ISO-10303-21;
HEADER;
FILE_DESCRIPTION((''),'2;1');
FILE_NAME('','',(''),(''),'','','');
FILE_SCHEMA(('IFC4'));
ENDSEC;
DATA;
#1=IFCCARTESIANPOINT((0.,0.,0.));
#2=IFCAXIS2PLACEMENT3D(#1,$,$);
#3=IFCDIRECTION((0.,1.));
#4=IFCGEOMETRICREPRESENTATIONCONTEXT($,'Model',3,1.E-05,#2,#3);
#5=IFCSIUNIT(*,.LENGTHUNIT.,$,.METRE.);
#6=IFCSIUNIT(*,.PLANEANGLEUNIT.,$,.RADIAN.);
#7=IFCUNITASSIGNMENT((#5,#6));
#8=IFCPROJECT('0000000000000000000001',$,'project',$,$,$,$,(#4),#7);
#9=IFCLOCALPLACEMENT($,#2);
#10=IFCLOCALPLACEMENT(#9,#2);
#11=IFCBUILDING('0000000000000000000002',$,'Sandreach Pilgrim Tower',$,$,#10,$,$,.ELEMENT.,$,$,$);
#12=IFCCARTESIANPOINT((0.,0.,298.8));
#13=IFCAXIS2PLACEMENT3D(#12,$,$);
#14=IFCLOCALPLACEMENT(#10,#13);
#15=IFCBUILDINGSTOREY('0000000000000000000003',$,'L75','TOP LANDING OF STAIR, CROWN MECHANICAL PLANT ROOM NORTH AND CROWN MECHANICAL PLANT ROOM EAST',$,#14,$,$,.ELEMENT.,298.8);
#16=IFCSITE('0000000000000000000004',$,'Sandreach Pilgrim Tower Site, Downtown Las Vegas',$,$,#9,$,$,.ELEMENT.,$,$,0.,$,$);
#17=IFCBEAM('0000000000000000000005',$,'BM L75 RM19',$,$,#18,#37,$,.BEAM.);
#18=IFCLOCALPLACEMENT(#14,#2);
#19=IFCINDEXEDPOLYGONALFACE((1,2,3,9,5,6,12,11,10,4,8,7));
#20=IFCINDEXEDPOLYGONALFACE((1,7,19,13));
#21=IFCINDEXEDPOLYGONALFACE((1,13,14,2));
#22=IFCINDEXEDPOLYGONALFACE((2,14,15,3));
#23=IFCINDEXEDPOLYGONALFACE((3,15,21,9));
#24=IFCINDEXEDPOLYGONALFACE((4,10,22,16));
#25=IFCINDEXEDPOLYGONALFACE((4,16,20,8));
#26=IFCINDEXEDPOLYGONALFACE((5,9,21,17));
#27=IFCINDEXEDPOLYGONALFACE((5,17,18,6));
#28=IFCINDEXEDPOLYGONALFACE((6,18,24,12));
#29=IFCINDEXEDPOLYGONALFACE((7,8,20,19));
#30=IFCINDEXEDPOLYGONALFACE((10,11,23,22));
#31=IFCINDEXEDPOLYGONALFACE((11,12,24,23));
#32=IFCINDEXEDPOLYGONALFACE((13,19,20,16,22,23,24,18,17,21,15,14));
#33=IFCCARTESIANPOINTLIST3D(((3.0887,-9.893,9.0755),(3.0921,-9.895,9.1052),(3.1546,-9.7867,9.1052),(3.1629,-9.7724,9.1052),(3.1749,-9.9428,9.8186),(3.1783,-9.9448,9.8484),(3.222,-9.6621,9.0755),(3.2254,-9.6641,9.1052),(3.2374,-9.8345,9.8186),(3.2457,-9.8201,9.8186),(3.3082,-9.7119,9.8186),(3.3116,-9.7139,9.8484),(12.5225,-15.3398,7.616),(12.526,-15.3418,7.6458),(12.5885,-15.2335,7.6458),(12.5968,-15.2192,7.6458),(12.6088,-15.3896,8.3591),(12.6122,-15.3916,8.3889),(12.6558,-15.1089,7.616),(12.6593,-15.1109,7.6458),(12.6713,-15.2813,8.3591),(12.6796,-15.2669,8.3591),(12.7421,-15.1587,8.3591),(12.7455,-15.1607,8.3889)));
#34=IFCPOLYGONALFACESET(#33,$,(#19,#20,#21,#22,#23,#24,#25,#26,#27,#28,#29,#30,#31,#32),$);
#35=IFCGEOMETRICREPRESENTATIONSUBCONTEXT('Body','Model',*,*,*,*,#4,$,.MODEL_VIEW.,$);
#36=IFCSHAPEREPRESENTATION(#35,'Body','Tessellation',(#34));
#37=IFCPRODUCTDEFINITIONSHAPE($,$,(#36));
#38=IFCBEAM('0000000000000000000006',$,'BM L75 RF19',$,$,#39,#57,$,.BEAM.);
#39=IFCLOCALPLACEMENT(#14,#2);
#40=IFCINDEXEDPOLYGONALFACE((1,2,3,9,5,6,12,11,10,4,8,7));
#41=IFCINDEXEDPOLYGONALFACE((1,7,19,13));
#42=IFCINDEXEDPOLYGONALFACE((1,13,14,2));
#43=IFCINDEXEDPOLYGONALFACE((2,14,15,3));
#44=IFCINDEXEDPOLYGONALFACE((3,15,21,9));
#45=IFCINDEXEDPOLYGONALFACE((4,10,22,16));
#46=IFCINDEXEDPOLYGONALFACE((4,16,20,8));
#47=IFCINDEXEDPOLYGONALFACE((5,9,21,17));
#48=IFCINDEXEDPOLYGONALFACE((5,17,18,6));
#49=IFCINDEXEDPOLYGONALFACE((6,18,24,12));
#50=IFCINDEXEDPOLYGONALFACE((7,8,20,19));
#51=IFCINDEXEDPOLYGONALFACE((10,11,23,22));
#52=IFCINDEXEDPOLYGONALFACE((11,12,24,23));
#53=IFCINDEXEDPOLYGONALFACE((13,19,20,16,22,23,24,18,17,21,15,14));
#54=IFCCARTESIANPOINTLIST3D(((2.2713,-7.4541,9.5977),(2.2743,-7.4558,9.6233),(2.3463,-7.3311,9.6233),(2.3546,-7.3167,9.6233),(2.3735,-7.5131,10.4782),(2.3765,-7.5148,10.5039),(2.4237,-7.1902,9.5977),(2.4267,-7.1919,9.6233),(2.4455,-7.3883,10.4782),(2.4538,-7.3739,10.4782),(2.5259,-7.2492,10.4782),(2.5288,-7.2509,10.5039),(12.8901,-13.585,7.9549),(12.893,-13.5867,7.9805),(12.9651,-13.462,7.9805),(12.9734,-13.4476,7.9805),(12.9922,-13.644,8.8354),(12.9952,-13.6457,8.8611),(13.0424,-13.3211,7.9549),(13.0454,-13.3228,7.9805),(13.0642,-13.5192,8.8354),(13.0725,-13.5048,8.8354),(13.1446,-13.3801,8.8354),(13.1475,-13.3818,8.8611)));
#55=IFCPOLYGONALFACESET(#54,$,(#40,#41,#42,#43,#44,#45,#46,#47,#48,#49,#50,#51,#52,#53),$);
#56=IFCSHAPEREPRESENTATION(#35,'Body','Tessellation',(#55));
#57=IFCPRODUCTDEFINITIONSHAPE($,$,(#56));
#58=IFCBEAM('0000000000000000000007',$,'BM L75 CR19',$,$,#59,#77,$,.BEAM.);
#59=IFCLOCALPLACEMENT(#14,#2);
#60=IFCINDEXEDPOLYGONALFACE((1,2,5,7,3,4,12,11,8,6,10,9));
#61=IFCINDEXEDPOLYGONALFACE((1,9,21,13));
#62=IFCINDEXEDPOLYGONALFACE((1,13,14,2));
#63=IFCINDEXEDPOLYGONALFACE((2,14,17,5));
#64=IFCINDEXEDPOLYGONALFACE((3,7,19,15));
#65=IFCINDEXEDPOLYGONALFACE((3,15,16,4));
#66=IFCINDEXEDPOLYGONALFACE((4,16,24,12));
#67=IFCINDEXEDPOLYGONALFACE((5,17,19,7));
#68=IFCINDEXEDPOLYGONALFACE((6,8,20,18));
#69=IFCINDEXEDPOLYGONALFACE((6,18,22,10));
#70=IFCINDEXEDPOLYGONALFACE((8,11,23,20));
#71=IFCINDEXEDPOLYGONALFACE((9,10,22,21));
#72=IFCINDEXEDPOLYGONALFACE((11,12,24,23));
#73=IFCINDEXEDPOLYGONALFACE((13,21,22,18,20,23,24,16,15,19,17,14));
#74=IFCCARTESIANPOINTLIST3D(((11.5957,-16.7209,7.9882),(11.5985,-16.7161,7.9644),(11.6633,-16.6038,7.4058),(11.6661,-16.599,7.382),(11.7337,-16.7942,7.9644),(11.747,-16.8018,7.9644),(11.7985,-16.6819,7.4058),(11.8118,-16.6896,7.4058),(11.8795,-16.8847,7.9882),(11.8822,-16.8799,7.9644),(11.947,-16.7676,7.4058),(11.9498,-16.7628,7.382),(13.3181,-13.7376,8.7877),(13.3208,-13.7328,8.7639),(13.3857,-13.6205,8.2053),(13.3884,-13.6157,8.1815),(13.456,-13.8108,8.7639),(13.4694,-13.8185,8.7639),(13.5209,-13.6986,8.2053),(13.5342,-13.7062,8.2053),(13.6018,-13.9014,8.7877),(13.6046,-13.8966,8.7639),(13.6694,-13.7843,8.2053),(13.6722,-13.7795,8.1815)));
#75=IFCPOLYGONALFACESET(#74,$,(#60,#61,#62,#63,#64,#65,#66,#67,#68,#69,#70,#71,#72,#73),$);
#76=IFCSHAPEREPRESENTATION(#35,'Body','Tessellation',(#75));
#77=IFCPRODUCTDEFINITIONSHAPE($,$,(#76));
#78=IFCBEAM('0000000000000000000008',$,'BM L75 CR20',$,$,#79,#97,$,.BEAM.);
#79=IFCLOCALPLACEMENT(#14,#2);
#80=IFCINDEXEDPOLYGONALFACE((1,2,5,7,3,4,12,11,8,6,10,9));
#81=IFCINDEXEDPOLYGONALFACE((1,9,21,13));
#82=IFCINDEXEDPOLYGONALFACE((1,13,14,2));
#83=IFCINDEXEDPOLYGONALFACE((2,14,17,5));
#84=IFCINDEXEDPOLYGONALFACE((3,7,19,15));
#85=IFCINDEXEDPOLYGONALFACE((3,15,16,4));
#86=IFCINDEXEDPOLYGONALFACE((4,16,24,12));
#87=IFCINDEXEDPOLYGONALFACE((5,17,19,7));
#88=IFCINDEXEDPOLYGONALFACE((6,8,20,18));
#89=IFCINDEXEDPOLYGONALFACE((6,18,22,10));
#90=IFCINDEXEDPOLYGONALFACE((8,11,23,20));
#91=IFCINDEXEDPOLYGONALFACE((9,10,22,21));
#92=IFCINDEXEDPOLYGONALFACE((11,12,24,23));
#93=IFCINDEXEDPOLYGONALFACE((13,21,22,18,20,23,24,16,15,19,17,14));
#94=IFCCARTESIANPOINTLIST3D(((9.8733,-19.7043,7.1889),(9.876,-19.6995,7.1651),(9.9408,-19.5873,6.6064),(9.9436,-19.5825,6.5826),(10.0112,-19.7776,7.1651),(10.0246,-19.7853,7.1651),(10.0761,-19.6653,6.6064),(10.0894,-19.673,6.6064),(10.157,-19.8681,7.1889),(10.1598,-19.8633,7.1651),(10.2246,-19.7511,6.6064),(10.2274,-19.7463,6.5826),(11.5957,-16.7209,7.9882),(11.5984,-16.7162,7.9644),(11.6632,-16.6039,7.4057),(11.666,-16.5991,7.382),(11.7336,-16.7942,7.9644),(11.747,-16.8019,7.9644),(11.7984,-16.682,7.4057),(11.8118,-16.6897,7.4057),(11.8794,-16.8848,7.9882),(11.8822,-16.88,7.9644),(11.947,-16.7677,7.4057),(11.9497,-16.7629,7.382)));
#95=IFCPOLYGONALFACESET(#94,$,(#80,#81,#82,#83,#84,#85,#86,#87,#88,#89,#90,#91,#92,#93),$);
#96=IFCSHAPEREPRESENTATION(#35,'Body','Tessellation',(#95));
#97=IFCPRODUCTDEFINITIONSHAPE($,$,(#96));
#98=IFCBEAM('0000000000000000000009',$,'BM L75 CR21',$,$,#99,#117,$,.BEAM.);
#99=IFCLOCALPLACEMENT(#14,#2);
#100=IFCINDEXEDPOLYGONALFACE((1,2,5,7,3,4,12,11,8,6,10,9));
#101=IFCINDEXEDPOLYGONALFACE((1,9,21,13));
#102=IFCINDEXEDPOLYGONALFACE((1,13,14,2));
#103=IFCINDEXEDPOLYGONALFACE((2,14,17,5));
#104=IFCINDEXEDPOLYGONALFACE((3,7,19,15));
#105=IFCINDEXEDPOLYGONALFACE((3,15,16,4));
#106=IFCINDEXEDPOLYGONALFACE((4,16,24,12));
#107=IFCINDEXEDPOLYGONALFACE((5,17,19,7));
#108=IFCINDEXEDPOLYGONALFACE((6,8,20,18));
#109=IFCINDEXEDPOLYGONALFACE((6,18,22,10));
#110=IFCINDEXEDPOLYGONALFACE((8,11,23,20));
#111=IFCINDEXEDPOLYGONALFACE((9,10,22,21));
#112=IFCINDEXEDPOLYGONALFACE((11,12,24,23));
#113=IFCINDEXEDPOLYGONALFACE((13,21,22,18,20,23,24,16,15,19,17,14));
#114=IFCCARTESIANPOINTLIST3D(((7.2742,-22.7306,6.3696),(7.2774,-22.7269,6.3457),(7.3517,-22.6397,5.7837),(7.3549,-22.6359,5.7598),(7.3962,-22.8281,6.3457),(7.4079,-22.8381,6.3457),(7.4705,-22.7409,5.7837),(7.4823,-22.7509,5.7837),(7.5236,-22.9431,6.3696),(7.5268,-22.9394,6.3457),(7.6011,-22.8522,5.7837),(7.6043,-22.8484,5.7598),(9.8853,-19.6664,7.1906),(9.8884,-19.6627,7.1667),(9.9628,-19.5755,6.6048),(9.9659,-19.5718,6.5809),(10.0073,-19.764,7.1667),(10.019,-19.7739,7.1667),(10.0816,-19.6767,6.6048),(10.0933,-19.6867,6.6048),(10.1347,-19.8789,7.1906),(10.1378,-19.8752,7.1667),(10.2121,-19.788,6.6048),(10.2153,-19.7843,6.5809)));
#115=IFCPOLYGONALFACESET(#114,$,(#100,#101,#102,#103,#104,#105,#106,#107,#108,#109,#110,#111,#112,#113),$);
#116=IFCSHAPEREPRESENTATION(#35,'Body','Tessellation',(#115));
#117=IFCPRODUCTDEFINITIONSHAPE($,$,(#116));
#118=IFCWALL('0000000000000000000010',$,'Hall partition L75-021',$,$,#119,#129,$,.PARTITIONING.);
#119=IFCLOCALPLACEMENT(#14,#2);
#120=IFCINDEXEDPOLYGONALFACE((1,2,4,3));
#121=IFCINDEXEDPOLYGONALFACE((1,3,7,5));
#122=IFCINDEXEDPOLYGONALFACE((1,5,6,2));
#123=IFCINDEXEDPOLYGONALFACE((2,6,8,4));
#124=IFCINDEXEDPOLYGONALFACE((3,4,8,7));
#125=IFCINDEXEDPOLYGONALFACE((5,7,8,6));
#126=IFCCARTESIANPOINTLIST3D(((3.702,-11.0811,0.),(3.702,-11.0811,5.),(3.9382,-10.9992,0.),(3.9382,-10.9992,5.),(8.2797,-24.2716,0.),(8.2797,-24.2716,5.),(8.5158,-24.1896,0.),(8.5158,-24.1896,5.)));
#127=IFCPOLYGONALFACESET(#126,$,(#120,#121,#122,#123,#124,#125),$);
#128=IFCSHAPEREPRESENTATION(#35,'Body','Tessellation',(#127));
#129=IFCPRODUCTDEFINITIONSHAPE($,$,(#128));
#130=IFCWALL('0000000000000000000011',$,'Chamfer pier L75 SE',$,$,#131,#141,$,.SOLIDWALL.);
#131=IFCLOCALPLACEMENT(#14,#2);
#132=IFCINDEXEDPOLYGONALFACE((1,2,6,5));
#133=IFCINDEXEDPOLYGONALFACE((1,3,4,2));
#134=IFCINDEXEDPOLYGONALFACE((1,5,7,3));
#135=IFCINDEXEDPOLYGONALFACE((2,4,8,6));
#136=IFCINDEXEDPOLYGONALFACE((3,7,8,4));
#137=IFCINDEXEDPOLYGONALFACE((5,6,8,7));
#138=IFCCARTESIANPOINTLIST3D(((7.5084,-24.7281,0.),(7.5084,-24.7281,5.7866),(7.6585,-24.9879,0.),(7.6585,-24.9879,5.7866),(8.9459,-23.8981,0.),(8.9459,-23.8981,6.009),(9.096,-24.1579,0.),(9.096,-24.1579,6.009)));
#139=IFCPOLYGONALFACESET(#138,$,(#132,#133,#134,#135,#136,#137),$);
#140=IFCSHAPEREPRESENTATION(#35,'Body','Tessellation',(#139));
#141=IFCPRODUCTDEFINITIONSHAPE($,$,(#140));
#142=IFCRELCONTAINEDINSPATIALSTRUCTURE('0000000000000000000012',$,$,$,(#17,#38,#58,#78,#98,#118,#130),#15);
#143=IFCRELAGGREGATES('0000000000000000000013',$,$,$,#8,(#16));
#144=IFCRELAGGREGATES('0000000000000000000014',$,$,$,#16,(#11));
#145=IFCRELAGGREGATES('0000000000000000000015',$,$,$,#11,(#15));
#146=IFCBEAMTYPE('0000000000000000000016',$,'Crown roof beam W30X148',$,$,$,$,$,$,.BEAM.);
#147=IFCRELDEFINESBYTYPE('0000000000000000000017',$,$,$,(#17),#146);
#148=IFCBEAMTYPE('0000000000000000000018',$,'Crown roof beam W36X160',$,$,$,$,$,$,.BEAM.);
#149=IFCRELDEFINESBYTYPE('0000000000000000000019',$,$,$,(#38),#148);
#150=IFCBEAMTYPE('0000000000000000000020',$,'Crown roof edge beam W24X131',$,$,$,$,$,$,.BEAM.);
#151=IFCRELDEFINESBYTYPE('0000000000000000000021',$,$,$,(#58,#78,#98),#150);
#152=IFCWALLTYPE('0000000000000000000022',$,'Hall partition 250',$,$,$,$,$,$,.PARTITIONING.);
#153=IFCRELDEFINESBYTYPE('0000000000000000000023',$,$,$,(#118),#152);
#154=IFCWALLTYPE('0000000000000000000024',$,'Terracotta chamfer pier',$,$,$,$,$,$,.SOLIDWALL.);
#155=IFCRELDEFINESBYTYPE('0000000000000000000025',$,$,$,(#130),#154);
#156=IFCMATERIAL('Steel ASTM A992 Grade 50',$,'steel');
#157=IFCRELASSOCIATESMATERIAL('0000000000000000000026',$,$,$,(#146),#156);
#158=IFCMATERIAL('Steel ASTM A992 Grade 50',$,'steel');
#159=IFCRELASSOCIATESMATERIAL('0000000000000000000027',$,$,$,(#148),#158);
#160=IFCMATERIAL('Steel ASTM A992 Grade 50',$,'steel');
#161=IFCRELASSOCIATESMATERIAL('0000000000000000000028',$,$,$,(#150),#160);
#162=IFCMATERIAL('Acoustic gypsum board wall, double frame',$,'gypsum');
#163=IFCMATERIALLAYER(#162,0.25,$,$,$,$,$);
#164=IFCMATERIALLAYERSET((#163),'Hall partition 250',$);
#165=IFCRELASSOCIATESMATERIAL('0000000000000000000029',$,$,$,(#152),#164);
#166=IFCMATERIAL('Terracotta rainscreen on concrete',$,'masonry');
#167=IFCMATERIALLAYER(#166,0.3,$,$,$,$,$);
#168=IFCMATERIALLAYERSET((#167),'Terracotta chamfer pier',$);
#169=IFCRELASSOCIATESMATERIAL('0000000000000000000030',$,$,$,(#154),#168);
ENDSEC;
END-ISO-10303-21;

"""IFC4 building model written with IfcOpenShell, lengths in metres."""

from ifc_helpers import new_model, si_unit, direction, frame, frame_2d, origin, origin_2d, place, context, subcontext, project, spatial, polyline, rectangle, i_section, outline, extrude, material, layer, layer_set, material_profile, profile_set, type_object, element, save


model = new_model("IFC4")

# Units and contexts
model_context = context("Model", 3, precision=1e-05, world=origin(), true_north=direction((0.0, 1.0)))
body_context = subcontext(model_context, "Body", "Model", "MODEL_VIEW")
ifc_project = project(units=[si_unit("LENGTHUNIT", "METRE"), si_unit("PLANEANGLEUNIT", "RADIAN")], contexts=[model_context])

# Site, building, storey
site_placement = place(None, origin())
site = spatial("IfcSite", under=ifc_project, at=site_placement, Name="Sandreach Pilgrim Tower Site, Downtown Las Vegas", CompositionType="ELEMENT", RefElevation=0.0)
building_placement = place(site_placement, origin())
building = spatial("IfcBuilding", under=site, at=building_placement, Name="Sandreach Pilgrim Tower", CompositionType="ELEMENT")
storey_placement = place(building_placement, frame((0.0, 0.0, 298.8)))
storey = spatial("IfcBuildingStorey", under=building, at=storey_placement, Name="L75", Description="TOP LANDING OF STAIR, CROWN MECHANICAL PLANT ROOM NORTH AND CROWN MECHANICAL PLANT ROOM EAST", CompositionType="ELEMENT", Elevation=298.8)

# Beams
ifc_material_1 = material(Name="Steel ASTM A992 Grade 50", Category="steel")
ifc_material_profile_1 = material_profile(ifc_material_1, i_section(OverallWidth=0.2666, OverallDepth=0.7798, WebThickness=0.0166, FlangeThickness=0.03, at=origin_2d()), Name="W30X148")
ifc_profile_set_1 = profile_set([ifc_material_profile_1], Name="Steel ASTM A992 Grade 50")
beam_type_1 = type_object("IfcBeamType", Name="Crown roof beam W30X148", PredefinedType="BEAM", material=ifc_profile_set_1)
beam_1_placement = place(storey_placement, frame((12.634, -15.2502, 8.0024), z_axis=(-0.85835, 0.495582, 0.132792), x_axis=(-0.50001, -0.86602, 0.0)))
element("IfcBeam", 1, at=beam_1_placement, inside=storey, type_object=beam_type_1, Name="BM L75 RM19", PredefinedType="BEAM", context=body_context, shape_type="SweptSolid", body=[
    extrude(i_section(OverallWidth=0.2666, OverallDepth=0.7798, WebThickness=0.0166, FlangeThickness=0.03, at=origin_2d()), origin(), (0.0, 0.0, 1.0), 10.9907),
])
ifc_material_2 = material(Name="Steel ASTM A992 Grade 50", Category="steel")
ifc_material_profile_2 = material_profile(ifc_material_2, i_section(OverallWidth=0.3047, OverallDepth=0.9143, WebThickness=0.0166, FlangeThickness=0.0259, at=origin_2d()), Name="W36X160")
ifc_profile_set_2 = profile_set([ifc_material_profile_2], Name="Steel ASTM A992 Grade 50")
beam_type_2 = type_object("IfcBeamType", Name="Crown roof beam W36X160", PredefinedType="BEAM", material=ifc_profile_set_2)
beam_2_placement = place(storey_placement, frame((13.0188, -13.4834, 8.408), z_axis=(-0.858349, 0.495582, 0.132796), x_axis=(-0.500011, -0.866019, 0.0)))
element("IfcBeam", 2, at=beam_2_placement, inside=storey, type_object=beam_type_2, Name="BM L75 RF19", PredefinedType="BEAM", context=body_context, shape_type="SweptSolid", body=[
    extrude(i_section(OverallWidth=0.3047, OverallDepth=0.9143, WebThickness=0.0166, FlangeThickness=0.0259, at=origin_2d()), origin(), (0.0, 0.0, 1.0), 12.3711),
])
ifc_material_3 = material(Name="Steel ASTM A992 Grade 50", Category="steel")
ifc_material_profile_3 = material_profile(ifc_material_3, i_section(OverallWidth=0.3276, OverallDepth=0.6223, WebThickness=0.0154, FlangeThickness=0.0244, at=origin_2d()), Name="W24X131")
ifc_profile_set_3 = profile_set([ifc_material_profile_3], Name="Steel ASTM A992 Grade 50")
beam_type_3 = type_object("IfcBeamType", Name="Crown roof edge beam W24X131", PredefinedType="BEAM", material=ifc_profile_set_3)
for number, where, z_axis, x_axis, name in (
    (3, (13.4951, -13.7585, 8.4846), (-0.487042, -0.843608, -0.22609), (0.866032, -0.499988, 0.0), "BM L75 CR19"),
    (4, (11.7727, -16.7419, 7.6851), (-0.487049, -0.843621, -0.226024), (0.866032, -0.499988, 0.0), "BM L75 CR20"),
):
    element("IfcBeam", number, at=place(storey_placement, frame(where, z_axis=z_axis, x_axis=x_axis)), inside=storey, type_object=beam_type_3, Name=name, PredefinedType="BEAM", context=body_context, shape_type="SweptSolid", body=[
        extrude(i_section(OverallWidth=0.3276, OverallDepth=0.6223, WebThickness=0.0154, FlangeThickness=0.0244, at=origin_2d()), origin(), (0.0, 0.0, 1.0), 3.5364),
    ])
beam_3_placement = place(storey_placement, frame((10.0503, -19.7253, 6.8857), z_axis=(-0.635504, -0.745789, -0.199832), x_axis=(0.761141, -0.648586, 0.0)))
element("IfcBeam", 5, at=beam_3_placement, inside=storey, type_object=beam_type_3, Name="BM L75 CR21", PredefinedType="BEAM", context=body_context, shape_type="SweptSolid", body=[
    extrude(i_section(OverallWidth=0.3276, OverallDepth=0.6223, WebThickness=0.0154, FlangeThickness=0.0244, at=origin_2d()), origin(), (0.0, 0.0, 1.0), 4.1086),
])

# Walls
ifc_material_4 = material(Name="Acoustic gypsum board wall, double frame", Category="gypsum")
ifc_layer_1 = layer(ifc_material_4, 0.25)
ifc_layer_set_1 = layer_set([ifc_layer_1], Name="Hall partition 250")
wall_type_1 = type_object("IfcWallType", Name="Hall partition 250", PredefinedType="PARTITIONING", material=ifc_layer_set_1)
wall_1_placement = place(storey_placement, frame((8.3977, -24.2305, 0.0), z_axis=(0.0, 0.0, 1.0), x_axis=(-0.32786, 0.944726, 0.0)))
element("IfcWall", 6, at=wall_1_placement, inside=storey, type_object=wall_type_1, Name="Hall partition L75-021", PredefinedType="PARTITIONING", context=body_context, shape_type="SweptSolid", body=[
    extrude(rectangle(XDim=13.9622, YDim=0.25, at=frame_2d((6.981, 0.0))), origin(), (0.0, 0.0, 1.0), 5.0),
])
ifc_material_5 = material(Name="Terracotta rainscreen on concrete", Category="masonry")
ifc_layer_2 = layer(ifc_material_5, 0.3)
ifc_layer_set_2 = layer_set([ifc_layer_2], Name="Terracotta chamfer pier")
wall_type_2 = type_object("IfcWallType", Name="Terracotta chamfer pier", PredefinedType="SOLIDWALL", material=ifc_layer_set_2)
wall_2_placement = place(storey_placement, frame((9.021, -24.0281, 0.0), z_axis=(0.0, 0.0, 1.0), x_axis=(-0.86599, -0.500062, 0.0)))
element("IfcWall", 7, at=wall_2_placement, inside=storey, type_object=wall_type_2, Name="Chamfer pier L75 SE", PredefinedType="SOLIDWALL", context=body_context, shape_type="SweptSolid", body=[
    extrude(outline(polyline([(0.0, 0.0), (1.6599, 0.0), (1.6599, 5.7866), (0.0, 6.009), (0.0, 0.0)])), frame((0.0, 0.1499, 0.0), z_axis=(0.0, -1.0, 0.0), x_axis=(1.0, 0.0, 0.0)), (0.0, 0.0, 1.0), 0.3),
])

save(model, "model.ifc")
